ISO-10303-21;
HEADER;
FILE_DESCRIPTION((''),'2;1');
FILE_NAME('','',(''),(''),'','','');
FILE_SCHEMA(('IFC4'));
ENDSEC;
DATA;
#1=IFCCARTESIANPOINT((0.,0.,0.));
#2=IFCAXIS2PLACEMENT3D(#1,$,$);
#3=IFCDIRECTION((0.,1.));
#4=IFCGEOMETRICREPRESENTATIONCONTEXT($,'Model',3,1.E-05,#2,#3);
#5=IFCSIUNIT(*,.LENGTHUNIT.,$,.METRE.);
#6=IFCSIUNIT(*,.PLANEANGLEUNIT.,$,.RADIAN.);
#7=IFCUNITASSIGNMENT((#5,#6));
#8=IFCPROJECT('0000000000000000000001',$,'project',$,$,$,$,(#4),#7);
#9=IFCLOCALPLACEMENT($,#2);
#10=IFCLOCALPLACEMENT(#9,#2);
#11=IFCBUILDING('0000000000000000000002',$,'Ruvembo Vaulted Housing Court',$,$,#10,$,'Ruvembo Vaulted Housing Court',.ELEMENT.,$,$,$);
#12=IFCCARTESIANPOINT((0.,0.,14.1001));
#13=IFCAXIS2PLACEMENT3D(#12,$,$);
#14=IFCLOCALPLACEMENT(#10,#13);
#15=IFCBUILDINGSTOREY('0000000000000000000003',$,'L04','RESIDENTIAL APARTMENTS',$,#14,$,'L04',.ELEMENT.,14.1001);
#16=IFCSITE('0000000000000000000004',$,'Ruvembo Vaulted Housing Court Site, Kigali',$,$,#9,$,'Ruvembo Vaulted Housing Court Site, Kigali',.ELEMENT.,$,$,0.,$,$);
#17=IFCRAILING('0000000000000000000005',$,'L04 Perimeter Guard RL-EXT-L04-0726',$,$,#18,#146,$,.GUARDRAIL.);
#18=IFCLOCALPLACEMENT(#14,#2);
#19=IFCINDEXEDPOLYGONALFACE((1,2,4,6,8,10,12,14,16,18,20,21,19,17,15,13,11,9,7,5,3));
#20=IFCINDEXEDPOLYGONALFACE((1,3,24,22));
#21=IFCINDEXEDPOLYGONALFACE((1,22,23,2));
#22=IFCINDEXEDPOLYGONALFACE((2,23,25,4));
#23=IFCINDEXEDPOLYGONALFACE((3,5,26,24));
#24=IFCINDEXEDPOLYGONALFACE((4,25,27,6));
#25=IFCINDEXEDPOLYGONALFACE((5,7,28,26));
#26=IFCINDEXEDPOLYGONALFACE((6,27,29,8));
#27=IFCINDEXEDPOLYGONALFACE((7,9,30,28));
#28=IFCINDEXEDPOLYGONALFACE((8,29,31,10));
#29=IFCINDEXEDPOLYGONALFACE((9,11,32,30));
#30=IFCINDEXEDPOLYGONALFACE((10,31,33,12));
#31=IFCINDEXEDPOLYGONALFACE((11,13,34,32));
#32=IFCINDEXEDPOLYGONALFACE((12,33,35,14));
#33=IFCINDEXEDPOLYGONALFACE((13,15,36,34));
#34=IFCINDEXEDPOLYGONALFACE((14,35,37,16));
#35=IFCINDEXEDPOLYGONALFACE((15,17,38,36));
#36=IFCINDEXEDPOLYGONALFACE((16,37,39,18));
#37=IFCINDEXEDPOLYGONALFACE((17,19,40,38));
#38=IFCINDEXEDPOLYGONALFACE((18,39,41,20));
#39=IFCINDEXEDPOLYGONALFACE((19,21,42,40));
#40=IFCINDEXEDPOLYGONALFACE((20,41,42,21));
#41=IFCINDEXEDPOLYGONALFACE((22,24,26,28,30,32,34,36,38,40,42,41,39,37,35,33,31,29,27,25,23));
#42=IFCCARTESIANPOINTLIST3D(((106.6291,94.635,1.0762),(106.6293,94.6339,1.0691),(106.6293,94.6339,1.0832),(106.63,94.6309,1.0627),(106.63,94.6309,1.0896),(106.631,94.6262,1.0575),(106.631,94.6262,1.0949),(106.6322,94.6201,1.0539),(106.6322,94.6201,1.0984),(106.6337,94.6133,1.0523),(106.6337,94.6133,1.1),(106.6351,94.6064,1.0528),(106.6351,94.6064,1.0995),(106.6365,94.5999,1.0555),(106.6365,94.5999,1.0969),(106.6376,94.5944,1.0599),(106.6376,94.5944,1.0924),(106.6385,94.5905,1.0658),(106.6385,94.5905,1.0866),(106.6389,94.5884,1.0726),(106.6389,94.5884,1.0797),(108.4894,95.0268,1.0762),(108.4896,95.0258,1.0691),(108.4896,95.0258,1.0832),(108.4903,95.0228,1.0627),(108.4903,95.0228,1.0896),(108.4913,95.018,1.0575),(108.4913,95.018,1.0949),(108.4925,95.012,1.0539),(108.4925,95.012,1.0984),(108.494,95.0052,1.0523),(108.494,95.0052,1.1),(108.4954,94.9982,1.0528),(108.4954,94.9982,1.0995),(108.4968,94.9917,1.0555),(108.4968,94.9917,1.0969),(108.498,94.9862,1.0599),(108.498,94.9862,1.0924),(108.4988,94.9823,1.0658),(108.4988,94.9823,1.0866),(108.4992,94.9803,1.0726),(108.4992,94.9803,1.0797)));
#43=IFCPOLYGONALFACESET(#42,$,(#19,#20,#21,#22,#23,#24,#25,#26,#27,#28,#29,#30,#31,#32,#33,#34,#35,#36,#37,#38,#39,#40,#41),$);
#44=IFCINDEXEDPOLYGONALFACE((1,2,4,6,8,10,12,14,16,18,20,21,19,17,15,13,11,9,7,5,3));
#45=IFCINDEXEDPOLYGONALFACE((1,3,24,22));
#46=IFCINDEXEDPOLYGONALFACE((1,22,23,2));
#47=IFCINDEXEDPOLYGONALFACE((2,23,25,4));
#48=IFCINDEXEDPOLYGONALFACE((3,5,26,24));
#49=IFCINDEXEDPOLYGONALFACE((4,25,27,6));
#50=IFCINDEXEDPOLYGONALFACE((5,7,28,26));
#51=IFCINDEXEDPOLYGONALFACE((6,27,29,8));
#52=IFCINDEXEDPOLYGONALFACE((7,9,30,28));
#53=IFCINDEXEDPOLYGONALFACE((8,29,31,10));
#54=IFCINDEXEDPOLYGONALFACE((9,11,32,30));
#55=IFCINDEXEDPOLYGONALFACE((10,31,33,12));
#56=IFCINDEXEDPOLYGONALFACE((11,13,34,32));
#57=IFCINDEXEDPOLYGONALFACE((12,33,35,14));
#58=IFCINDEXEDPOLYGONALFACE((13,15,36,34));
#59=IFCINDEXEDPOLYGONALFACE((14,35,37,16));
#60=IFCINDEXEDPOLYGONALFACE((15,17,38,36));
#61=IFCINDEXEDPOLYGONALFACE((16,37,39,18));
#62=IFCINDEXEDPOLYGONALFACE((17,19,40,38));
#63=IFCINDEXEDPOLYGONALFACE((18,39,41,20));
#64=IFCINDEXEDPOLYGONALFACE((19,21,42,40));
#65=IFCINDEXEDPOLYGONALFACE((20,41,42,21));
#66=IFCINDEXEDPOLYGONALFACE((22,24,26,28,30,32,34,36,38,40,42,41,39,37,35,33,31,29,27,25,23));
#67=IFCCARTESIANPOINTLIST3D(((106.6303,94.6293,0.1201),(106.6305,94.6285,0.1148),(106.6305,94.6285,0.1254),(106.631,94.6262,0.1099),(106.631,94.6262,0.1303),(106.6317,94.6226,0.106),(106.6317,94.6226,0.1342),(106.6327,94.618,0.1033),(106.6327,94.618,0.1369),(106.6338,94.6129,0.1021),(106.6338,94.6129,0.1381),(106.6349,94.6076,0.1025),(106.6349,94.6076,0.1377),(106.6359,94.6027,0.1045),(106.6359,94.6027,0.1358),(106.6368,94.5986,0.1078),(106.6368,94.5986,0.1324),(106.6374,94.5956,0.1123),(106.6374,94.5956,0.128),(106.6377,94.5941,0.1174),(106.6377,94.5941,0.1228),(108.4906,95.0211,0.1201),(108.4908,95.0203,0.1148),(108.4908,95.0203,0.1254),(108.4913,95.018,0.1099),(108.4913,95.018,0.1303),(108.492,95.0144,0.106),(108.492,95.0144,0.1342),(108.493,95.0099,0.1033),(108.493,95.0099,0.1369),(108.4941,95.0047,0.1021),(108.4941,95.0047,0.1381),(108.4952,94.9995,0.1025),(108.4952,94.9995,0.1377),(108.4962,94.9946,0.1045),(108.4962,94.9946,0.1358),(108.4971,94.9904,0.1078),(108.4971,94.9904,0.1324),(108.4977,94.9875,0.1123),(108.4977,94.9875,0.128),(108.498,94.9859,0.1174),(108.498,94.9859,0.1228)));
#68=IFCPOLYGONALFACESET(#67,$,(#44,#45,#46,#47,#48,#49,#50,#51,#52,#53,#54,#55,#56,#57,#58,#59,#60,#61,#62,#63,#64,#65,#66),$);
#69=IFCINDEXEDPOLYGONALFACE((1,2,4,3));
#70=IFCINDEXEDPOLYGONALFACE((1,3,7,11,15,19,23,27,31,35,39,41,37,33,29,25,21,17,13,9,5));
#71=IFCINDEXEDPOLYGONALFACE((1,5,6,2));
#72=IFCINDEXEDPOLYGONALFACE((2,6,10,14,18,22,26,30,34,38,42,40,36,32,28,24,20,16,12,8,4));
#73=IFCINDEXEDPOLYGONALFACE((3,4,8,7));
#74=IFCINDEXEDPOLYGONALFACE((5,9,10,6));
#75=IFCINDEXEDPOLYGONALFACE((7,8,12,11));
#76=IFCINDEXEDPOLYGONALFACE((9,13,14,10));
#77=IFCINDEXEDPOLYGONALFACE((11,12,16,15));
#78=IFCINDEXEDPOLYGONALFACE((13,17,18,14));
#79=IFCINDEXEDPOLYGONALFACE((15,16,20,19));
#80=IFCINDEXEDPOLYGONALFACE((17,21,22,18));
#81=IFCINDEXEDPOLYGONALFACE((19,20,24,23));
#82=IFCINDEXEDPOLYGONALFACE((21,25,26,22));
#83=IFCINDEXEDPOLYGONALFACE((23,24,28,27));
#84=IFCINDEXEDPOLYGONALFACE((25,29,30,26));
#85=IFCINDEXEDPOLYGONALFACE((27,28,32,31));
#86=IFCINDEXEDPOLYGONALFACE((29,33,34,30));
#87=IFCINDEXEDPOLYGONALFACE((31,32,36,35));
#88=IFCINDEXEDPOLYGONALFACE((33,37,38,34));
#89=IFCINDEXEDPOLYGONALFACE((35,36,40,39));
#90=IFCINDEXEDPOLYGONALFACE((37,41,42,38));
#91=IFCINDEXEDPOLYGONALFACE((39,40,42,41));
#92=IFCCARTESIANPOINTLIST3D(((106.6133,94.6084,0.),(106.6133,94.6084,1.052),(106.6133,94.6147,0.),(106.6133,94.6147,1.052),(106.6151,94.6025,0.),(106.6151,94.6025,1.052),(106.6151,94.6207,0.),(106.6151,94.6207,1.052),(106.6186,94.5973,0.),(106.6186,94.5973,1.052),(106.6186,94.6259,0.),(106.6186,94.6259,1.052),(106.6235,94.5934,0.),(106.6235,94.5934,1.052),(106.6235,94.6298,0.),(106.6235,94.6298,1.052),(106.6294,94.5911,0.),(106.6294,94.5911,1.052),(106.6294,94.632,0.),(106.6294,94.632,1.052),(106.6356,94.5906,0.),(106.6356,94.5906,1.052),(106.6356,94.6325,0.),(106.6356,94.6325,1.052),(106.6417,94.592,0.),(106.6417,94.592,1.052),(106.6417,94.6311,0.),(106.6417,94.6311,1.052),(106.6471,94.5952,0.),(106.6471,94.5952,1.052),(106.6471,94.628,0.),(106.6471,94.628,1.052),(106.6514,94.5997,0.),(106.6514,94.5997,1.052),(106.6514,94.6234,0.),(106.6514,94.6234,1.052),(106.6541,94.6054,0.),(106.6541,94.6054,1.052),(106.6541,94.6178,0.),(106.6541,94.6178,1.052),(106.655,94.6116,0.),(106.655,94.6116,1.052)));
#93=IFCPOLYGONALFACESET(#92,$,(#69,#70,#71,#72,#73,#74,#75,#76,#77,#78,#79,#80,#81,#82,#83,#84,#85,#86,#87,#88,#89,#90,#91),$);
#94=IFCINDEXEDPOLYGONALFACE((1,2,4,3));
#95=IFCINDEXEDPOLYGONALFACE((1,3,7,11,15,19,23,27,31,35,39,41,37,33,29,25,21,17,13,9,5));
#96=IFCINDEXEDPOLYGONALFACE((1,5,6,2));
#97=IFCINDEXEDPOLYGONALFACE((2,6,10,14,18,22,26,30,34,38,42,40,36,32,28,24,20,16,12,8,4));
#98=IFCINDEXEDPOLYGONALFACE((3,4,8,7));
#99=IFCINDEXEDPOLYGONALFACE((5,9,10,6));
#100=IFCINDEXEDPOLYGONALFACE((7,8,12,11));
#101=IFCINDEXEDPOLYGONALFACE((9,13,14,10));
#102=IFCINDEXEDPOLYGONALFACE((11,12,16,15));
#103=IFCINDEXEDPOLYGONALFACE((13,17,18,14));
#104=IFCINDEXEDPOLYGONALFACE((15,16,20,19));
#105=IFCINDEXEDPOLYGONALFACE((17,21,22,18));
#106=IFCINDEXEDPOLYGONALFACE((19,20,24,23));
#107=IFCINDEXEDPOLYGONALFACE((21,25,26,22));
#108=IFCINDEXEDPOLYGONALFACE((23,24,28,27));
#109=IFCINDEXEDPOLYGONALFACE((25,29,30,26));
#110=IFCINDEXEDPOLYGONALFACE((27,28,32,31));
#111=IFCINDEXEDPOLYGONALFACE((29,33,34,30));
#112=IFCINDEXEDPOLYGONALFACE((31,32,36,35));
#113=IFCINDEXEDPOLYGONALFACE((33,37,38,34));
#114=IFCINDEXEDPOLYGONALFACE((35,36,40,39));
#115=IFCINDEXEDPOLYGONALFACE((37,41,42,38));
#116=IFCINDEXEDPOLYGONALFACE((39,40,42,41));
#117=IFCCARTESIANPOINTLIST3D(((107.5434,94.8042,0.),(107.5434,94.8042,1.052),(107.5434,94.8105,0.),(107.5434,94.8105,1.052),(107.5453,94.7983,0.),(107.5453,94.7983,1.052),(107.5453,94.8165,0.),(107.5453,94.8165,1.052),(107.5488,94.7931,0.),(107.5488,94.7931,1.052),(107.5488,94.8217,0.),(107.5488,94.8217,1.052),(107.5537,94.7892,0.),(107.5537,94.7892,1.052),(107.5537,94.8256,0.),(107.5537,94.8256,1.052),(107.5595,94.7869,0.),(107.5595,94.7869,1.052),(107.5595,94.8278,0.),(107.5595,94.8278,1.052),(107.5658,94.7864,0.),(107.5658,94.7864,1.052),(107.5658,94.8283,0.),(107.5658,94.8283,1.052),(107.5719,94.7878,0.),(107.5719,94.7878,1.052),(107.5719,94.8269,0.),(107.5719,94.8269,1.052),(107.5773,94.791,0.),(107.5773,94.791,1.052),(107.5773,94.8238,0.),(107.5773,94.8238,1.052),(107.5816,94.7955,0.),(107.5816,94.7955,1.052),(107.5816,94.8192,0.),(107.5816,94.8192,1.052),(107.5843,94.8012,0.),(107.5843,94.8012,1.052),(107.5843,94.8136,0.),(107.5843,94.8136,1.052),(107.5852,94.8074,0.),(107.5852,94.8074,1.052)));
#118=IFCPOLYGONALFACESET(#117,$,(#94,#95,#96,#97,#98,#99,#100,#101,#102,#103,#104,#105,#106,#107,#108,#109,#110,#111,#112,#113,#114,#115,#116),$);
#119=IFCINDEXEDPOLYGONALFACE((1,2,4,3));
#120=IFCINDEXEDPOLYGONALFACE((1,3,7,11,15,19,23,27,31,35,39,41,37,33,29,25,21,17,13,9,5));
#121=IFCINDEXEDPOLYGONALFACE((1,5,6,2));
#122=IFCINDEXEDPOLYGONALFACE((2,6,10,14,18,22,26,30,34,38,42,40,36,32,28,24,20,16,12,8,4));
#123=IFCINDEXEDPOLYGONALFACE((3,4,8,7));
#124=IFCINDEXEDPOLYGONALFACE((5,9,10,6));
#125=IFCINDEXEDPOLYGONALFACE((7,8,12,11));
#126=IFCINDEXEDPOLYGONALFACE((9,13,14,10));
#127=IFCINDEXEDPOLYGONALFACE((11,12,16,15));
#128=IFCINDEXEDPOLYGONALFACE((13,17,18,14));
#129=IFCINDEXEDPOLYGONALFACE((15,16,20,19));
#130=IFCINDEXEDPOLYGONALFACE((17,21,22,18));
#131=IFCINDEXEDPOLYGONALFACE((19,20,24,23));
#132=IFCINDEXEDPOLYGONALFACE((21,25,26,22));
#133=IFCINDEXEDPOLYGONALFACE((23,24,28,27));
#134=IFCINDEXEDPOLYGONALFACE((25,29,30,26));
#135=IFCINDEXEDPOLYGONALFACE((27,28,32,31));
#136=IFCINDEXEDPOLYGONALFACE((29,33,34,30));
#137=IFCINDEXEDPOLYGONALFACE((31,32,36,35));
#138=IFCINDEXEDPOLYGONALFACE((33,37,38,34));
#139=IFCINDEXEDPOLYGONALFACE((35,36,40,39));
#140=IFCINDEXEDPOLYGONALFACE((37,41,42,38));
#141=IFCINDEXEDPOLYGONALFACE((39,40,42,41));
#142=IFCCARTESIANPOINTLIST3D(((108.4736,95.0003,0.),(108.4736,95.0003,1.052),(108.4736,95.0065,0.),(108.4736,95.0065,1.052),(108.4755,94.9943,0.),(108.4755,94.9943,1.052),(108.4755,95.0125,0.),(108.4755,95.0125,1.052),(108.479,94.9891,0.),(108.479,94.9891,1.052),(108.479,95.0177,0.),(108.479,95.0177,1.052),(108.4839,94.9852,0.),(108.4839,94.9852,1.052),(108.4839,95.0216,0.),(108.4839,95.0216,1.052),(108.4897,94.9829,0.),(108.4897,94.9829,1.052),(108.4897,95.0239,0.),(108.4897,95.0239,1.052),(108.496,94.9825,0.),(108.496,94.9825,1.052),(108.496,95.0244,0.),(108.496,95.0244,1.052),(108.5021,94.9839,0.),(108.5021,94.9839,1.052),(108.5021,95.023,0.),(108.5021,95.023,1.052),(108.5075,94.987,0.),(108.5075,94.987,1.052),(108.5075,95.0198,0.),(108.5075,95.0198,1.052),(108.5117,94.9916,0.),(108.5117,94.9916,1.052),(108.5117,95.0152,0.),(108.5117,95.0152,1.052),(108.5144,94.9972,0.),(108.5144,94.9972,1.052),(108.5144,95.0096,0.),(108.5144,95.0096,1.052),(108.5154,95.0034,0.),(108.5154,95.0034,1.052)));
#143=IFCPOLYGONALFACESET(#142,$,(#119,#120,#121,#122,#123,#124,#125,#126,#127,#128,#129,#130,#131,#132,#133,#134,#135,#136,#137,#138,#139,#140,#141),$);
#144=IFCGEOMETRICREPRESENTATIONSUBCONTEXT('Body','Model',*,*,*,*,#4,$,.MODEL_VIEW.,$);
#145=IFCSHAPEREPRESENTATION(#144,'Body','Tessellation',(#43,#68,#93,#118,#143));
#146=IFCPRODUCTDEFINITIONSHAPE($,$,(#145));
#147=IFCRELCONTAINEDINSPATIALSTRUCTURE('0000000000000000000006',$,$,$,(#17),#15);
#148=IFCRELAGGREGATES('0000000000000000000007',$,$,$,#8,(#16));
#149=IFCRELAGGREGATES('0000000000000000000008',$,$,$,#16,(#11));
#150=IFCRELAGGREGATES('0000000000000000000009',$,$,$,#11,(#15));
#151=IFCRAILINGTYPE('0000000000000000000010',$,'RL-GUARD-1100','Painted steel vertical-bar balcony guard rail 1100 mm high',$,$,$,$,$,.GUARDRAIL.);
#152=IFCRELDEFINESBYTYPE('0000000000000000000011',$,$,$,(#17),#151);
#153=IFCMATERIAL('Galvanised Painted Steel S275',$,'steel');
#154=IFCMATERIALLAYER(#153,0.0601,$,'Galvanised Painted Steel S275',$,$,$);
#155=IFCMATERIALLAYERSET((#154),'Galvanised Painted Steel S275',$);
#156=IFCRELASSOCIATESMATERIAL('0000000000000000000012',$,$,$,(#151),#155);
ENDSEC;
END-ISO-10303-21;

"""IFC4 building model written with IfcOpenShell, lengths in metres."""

from ifc_helpers import new_model, si_unit, direction, frame, origin, origin_2d, place, context, subcontext, project, spatial, circle, extrude, material, layer, layer_set, type_object, element, save


model = new_model("IFC4")

# Units and contexts
model_context = context("Model", 3, precision=1e-05, world=origin(), true_north=direction((0.0, 1.0)))
body_context = subcontext(model_context, "Body", "Model", "MODEL_VIEW")
ifc_project = project(units=[si_unit("LENGTHUNIT", "METRE"), si_unit("PLANEANGLEUNIT", "RADIAN")], contexts=[model_context])

# Site, building, storey
site_placement = place(None, origin())
site = spatial("IfcSite", under=ifc_project, at=site_placement, Name="Ruvembo Vaulted Housing Court Site, Kigali", LongName="Ruvembo Vaulted Housing Court Site, Kigali", CompositionType="ELEMENT", RefElevation=0.0)
building_placement = place(site_placement, origin())
building = spatial("IfcBuilding", under=site, at=building_placement, Name="Ruvembo Vaulted Housing Court", LongName="Ruvembo Vaulted Housing Court", CompositionType="ELEMENT")
storey_placement = place(building_placement, frame((0.0, 0.0, 14.1001)))
storey = spatial("IfcBuildingStorey", under=building, at=storey_placement, Name="L04", Description="RESIDENTIAL APARTMENTS", LongName="L04", CompositionType="ELEMENT", Elevation=14.1001)

# Railing
ifc_material_1 = material(Name="Galvanised Painted Steel S275", Category="steel")
ifc_layer = layer(ifc_material_1, 0.0601, Name="Galvanised Painted Steel S275")
ifc_layer_set = layer_set([ifc_layer], Name="Galvanised Painted Steel S275")
railing_type = type_object("IfcRailingType", Name="RL-GUARD-1100", Description="Painted steel vertical-bar balcony guard rail 1100 mm high", PredefinedType="GUARDRAIL", material=ifc_layer_set)
railing_1_placement = place(storey_placement, frame((106.634, 94.6116, 0.0)))
element("IfcRailing", 1, at=railing_1_placement, inside=storey, type_object=railing_type, Name="L04 Perimeter Guard RL-EXT-L04-0726", PredefinedType="GUARDRAIL", context=body_context, shape_type="SweptSolid", body=[
    extrude(circle(Radius=0.0239, at=origin_2d()), frame((0.0, 0.0, 1.0762), z_axis=(0.978529, 0.206108, 0.0), x_axis=(-0.206108, 0.978529, 0.0)), (0.0, 0.0, 1.0), 1.9011),
    extrude(circle(Radius=0.0181, at=origin_2d()), frame((0.0, 0.0, 0.1201), z_axis=(0.978529, 0.206108, 0.0), x_axis=(-0.206108, 0.978529, 0.0)), (0.0, 0.0, 1.0), 1.9011),
    extrude(circle(Radius=0.021, at=origin_2d()), origin(), (0.0, 0.0, 1.0), 1.052),
    extrude(circle(Radius=0.021, at=origin_2d()), frame((0.9302, 0.1958, 0.0)), (0.0, 0.0, 1.0), 1.052),
    extrude(circle(Radius=0.021, at=origin_2d()), frame((1.8604, 0.3918, 0.0)), (0.0, 0.0, 1.0), 1.052),
])

save(model, "model.ifc")
